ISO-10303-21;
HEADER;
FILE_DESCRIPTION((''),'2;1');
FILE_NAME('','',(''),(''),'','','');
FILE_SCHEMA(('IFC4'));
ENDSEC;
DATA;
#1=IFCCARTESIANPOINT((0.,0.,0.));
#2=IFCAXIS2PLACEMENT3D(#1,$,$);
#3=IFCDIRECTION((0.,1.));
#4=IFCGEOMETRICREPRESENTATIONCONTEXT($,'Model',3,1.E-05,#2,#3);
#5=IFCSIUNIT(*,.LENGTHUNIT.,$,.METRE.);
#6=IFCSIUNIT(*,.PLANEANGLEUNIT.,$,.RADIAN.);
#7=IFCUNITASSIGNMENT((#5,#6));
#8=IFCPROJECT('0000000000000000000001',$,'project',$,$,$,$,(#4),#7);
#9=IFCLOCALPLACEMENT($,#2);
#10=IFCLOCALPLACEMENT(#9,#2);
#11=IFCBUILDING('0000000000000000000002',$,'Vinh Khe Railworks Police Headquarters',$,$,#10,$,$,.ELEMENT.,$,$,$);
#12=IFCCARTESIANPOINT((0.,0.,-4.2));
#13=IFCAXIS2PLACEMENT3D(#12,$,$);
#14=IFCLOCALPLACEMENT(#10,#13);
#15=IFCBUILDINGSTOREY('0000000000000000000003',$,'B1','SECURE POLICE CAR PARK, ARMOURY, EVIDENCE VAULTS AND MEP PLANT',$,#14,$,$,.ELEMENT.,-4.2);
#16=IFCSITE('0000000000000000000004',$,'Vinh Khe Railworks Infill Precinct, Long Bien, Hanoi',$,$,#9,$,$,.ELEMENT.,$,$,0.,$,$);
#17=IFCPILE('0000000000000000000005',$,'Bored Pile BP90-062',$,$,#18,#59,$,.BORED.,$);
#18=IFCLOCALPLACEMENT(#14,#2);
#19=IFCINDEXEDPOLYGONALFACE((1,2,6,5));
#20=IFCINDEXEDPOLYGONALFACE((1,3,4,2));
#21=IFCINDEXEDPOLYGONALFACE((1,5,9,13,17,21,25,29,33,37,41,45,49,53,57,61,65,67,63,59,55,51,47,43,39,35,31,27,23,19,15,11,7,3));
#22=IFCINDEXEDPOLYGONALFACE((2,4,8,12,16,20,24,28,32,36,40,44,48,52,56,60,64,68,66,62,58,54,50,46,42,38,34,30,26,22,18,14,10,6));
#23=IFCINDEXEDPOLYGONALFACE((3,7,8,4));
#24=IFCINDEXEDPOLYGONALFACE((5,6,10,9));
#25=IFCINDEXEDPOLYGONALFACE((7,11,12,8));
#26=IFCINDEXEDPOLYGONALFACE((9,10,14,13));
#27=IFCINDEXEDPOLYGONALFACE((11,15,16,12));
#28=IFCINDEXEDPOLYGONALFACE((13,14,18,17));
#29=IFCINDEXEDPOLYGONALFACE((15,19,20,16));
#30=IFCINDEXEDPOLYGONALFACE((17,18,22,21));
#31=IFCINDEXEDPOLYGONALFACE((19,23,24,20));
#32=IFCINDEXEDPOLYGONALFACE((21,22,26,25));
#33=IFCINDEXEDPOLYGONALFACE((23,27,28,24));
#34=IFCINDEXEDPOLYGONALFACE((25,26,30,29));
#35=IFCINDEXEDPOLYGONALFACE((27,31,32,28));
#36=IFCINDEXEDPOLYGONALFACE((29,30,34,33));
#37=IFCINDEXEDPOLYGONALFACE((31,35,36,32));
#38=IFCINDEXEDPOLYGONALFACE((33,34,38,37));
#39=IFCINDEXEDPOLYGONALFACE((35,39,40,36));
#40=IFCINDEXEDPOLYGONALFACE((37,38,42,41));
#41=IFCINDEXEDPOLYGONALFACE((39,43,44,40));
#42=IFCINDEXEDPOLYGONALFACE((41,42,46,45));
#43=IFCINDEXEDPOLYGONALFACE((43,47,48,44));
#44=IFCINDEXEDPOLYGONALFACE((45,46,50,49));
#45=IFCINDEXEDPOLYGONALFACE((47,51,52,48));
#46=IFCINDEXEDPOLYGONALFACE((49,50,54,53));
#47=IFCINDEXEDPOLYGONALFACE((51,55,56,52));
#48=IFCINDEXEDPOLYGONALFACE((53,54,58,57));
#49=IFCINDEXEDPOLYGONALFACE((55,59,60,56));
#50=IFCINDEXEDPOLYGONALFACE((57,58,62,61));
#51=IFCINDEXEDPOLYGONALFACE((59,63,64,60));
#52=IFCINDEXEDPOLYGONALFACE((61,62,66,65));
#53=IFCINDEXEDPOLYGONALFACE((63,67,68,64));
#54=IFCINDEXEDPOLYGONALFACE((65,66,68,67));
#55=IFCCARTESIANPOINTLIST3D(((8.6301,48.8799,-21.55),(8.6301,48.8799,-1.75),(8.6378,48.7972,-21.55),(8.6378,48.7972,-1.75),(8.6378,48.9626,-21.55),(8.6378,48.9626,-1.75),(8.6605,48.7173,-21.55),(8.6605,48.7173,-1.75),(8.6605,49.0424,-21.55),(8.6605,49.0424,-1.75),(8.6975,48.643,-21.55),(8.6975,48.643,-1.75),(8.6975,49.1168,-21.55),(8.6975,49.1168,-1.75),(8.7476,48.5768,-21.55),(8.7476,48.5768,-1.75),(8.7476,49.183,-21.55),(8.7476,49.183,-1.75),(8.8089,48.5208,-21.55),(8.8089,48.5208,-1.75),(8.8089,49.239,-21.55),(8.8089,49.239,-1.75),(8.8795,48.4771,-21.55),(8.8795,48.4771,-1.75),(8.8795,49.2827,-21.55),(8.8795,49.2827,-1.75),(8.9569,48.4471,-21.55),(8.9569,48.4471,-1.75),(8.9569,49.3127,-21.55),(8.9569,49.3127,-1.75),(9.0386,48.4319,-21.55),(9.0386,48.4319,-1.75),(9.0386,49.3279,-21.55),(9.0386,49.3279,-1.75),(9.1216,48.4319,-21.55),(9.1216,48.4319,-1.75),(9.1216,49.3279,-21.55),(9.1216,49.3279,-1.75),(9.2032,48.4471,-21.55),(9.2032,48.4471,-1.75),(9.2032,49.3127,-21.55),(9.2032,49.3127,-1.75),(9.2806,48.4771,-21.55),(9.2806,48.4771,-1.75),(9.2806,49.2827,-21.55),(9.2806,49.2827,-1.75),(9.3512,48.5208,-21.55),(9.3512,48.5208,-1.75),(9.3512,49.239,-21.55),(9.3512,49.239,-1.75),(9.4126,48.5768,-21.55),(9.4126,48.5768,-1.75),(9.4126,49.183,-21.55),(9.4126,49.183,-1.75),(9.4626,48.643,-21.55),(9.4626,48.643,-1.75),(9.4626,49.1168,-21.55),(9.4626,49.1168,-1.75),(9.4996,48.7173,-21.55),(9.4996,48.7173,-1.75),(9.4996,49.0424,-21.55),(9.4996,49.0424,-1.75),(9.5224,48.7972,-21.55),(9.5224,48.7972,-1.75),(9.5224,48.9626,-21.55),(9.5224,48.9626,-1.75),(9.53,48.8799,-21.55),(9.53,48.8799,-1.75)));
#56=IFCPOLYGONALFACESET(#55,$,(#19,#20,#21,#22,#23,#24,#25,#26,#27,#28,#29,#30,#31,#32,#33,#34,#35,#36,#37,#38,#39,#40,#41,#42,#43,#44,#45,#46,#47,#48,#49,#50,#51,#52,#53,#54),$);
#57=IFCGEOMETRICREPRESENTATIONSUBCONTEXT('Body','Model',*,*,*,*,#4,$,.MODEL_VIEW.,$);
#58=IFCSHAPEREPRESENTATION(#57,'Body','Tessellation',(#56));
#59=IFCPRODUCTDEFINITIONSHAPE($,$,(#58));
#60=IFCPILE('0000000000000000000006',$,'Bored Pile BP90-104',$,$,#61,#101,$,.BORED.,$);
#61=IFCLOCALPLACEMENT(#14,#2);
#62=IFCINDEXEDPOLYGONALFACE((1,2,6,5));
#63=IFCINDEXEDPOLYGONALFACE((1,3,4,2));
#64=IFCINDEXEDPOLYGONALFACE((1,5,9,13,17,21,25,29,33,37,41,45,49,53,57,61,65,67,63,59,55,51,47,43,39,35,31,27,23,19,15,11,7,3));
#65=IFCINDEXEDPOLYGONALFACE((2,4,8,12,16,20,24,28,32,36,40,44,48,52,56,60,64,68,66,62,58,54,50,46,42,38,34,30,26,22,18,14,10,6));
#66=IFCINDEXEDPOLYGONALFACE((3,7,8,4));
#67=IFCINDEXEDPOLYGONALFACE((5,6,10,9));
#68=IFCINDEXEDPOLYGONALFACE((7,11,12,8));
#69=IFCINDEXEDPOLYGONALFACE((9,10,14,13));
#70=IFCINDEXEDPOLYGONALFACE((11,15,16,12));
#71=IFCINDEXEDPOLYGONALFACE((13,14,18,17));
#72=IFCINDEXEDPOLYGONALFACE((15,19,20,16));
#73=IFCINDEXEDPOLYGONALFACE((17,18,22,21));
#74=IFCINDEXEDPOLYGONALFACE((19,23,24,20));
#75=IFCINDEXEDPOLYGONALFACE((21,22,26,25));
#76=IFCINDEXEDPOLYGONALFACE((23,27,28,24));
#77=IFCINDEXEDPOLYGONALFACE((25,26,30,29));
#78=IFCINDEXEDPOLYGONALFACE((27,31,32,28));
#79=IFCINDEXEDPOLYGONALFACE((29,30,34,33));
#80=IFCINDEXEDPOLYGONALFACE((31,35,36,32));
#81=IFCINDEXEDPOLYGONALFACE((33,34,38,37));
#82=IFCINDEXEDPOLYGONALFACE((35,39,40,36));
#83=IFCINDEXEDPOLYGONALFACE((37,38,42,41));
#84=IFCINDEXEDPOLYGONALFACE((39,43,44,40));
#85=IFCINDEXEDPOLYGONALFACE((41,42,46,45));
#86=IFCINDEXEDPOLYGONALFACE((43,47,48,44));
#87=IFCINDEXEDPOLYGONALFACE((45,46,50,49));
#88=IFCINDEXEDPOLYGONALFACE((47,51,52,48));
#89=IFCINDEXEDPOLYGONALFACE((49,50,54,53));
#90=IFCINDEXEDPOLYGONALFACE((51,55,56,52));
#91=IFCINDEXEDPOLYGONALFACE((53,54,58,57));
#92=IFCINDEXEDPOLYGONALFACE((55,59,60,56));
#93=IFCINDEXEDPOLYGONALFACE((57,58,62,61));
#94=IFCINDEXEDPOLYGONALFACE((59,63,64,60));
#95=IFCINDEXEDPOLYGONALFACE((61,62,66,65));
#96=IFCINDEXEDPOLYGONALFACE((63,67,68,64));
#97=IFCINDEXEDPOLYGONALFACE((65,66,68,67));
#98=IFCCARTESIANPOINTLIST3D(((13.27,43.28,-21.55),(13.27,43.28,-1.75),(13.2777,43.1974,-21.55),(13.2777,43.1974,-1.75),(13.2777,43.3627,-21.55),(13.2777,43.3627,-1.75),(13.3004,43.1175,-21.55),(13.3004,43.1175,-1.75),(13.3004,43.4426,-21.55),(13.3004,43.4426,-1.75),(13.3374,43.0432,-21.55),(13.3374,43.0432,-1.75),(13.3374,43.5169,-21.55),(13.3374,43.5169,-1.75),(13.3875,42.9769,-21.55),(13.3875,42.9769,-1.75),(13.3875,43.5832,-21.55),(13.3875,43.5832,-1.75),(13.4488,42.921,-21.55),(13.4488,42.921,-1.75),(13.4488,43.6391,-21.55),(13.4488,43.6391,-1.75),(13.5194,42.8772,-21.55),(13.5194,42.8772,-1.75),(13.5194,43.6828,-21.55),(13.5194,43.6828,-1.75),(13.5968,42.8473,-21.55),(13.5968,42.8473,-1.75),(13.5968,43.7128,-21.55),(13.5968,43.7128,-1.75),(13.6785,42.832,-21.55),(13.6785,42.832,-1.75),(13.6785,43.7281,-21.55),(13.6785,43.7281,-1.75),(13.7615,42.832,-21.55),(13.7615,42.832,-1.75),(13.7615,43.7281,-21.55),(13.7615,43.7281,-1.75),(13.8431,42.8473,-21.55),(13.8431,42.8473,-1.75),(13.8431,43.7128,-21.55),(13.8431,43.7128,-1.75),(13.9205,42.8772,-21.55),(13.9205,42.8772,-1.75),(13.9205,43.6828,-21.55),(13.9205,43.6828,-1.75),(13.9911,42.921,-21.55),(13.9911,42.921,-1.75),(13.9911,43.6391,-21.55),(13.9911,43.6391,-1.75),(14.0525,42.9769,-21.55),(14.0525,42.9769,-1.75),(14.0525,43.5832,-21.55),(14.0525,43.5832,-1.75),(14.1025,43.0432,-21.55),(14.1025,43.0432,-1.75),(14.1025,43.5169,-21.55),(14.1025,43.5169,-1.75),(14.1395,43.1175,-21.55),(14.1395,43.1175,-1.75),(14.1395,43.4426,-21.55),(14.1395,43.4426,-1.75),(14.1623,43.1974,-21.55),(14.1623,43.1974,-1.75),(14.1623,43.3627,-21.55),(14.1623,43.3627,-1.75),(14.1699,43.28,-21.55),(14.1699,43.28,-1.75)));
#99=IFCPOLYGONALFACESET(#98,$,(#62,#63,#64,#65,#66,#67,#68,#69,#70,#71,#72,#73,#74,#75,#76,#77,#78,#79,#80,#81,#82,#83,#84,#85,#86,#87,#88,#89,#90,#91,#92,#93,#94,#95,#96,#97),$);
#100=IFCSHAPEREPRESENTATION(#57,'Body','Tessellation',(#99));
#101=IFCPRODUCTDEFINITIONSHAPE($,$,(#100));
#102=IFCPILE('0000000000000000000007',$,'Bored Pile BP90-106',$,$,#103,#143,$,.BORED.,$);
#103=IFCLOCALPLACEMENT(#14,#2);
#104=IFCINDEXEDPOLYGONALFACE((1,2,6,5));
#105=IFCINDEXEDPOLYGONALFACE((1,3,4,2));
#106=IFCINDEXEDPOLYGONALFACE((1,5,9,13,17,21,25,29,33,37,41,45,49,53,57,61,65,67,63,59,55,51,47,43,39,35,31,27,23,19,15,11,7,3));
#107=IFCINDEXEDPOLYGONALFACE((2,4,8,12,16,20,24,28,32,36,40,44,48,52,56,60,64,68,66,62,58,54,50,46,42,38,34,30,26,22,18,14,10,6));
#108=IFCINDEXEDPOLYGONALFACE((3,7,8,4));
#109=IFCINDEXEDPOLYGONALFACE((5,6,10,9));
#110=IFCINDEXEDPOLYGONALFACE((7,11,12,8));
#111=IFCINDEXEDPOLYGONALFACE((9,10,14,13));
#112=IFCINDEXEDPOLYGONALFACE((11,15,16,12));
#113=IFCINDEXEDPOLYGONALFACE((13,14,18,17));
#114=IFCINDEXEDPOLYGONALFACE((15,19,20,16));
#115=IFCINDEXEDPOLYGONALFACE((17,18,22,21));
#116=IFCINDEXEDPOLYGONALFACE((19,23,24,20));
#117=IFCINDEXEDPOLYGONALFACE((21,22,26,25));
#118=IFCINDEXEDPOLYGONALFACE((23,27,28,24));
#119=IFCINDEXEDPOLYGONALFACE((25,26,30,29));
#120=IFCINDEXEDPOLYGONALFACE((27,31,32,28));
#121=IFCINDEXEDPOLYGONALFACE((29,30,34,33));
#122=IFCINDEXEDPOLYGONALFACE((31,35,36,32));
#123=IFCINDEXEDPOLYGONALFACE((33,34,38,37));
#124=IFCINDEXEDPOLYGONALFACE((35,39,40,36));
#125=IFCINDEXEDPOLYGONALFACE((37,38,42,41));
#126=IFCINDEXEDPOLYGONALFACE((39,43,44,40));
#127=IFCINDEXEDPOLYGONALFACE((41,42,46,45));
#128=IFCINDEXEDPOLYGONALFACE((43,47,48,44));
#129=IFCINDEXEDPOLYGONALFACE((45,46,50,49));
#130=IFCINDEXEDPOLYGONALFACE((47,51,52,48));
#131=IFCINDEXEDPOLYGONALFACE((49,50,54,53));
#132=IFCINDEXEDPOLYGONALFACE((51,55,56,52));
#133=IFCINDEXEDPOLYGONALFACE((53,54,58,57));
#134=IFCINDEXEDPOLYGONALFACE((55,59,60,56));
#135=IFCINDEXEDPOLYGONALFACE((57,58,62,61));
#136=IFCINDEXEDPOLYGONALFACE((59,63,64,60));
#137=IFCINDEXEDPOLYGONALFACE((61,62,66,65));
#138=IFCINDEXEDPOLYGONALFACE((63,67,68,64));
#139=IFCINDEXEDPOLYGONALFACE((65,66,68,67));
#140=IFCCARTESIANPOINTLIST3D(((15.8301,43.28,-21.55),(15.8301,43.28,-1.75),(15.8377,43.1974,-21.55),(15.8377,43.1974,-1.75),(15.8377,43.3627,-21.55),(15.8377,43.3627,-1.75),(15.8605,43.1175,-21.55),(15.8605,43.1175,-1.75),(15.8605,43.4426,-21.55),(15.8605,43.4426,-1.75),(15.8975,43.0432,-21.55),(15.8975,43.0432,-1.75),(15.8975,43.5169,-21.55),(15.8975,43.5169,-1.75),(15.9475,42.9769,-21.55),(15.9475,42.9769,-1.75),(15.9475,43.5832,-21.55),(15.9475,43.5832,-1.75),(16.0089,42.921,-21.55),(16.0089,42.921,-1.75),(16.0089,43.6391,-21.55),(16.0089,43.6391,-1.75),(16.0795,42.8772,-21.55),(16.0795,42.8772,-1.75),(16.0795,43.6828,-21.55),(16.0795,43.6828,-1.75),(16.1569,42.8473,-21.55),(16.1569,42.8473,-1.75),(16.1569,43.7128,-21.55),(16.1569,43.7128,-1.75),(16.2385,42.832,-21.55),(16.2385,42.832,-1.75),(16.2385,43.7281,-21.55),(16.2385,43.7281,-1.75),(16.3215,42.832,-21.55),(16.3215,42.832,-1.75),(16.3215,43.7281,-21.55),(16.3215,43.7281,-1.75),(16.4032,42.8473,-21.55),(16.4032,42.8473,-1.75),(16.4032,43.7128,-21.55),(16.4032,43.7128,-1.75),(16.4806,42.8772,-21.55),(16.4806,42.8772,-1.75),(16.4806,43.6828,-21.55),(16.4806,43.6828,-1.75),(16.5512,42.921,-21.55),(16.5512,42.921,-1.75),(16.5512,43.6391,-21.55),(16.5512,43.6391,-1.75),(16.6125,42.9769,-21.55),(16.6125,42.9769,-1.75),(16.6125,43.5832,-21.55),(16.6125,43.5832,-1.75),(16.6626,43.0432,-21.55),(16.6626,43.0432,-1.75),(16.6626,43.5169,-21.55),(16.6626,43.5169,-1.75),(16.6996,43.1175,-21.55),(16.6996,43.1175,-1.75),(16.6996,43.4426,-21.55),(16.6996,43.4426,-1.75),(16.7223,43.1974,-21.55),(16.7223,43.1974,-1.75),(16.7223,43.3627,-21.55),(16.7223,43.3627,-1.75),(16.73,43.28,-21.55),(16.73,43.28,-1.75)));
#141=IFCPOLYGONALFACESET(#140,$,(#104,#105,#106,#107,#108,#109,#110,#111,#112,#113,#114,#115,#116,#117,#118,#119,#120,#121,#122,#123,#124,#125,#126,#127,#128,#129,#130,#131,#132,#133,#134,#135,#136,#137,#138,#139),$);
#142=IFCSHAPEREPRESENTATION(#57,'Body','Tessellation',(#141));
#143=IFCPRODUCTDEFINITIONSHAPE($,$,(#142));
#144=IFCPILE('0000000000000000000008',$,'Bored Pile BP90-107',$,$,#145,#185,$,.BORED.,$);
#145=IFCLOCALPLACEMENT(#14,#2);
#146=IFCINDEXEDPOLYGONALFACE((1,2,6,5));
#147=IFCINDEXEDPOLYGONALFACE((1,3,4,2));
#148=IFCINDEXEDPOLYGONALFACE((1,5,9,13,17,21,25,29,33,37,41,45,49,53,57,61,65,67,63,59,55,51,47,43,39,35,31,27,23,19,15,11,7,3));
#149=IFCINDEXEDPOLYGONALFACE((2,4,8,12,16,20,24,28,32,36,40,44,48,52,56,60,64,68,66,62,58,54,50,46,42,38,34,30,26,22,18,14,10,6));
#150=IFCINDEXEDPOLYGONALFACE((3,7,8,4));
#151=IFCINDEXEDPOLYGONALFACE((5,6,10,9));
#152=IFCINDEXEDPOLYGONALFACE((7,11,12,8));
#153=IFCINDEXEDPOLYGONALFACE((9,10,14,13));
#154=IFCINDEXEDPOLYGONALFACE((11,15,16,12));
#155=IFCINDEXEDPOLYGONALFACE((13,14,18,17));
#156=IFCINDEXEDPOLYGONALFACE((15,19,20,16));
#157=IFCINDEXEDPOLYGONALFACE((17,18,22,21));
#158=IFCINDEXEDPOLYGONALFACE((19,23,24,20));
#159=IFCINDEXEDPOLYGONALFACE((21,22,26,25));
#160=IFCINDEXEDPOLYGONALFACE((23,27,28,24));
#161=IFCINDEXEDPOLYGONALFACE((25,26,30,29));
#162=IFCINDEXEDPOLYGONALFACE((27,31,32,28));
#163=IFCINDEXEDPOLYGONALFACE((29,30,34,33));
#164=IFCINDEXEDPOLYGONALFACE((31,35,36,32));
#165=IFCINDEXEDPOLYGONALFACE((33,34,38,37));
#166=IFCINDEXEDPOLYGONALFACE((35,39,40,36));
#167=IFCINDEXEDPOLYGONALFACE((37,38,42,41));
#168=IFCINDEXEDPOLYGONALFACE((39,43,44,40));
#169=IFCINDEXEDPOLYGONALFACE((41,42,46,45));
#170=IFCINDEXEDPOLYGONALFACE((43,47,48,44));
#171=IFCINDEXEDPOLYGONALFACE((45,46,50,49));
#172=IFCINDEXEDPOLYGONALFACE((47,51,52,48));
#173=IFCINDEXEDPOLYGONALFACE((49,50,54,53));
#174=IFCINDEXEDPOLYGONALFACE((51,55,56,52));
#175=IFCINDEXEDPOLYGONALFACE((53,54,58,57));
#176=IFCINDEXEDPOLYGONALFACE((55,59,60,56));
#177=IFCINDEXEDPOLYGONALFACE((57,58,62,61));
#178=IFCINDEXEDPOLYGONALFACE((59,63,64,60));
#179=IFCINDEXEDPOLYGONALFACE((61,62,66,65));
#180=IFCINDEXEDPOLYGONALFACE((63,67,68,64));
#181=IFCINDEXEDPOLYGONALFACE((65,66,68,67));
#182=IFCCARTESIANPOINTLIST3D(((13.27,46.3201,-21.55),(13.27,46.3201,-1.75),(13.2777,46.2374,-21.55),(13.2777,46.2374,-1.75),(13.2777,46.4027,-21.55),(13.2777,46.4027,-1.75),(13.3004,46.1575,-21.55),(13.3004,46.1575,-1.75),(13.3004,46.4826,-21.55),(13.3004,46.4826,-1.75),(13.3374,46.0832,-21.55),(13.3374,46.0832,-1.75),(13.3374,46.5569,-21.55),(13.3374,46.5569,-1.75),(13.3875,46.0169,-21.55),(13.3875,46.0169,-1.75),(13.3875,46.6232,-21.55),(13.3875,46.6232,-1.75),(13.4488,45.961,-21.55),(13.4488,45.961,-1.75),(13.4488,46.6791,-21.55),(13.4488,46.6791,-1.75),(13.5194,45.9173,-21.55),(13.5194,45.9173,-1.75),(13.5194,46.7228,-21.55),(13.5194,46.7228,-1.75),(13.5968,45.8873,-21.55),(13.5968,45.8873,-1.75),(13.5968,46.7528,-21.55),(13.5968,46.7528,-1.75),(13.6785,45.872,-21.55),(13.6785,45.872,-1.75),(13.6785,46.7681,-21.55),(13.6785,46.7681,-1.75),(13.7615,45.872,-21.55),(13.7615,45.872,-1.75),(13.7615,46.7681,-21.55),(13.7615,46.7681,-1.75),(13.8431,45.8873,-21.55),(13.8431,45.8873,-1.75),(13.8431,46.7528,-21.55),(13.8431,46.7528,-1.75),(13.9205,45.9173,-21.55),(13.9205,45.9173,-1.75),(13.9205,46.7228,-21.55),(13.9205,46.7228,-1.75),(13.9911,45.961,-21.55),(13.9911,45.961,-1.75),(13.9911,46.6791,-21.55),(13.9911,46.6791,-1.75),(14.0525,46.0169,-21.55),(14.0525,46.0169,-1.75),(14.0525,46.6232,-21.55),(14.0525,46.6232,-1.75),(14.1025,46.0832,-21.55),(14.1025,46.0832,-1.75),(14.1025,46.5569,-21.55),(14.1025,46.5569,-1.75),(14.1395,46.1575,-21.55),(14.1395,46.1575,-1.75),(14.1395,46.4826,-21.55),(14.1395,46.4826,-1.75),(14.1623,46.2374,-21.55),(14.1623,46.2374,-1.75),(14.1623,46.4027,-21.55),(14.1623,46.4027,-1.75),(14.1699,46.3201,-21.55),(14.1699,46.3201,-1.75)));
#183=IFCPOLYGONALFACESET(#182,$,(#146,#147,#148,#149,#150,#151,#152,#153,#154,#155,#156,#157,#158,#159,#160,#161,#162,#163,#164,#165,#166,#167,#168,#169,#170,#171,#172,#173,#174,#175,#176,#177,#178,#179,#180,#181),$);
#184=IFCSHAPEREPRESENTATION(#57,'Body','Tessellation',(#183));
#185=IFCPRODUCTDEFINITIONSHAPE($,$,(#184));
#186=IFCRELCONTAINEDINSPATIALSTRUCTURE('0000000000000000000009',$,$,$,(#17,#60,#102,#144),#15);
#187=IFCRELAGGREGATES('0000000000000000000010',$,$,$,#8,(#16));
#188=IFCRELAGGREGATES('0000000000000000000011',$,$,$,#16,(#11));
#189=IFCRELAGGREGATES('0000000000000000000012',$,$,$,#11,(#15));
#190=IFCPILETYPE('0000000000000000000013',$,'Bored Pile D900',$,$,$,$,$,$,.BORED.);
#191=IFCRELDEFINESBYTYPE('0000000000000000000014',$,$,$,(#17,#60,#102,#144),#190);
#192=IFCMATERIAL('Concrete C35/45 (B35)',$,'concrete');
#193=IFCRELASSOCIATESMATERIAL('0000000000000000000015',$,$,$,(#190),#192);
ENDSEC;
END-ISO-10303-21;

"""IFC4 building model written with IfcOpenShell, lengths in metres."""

from ifc_helpers import new_model, si_unit, direction, frame, origin, origin_2d, place, context, subcontext, project, spatial, circle, extrude, material, material_profile, profile_set, type_object, element, save


model = new_model("IFC4")

# Units and contexts
model_context = context("Model", 3, precision=1e-05, world=origin(), true_north=direction((0.0, 1.0)))
body_context = subcontext(model_context, "Body", "Model", "MODEL_VIEW")
ifc_project = project(units=[si_unit("LENGTHUNIT", "METRE"), si_unit("PLANEANGLEUNIT", "RADIAN")], contexts=[model_context])

# Site, building, storey
site_placement = place(None, origin())
site = spatial("IfcSite", under=ifc_project, at=site_placement, Name="Vinh Khe Railworks Infill Precinct, Long Bien, Hanoi", CompositionType="ELEMENT", RefElevation=0.0)
building_placement = place(site_placement, origin())
building = spatial("IfcBuilding", under=site, at=building_placement, Name="Vinh Khe Railworks Police Headquarters", CompositionType="ELEMENT")
storey_placement = place(building_placement, frame((0.0, 0.0, -4.2)))
storey = spatial("IfcBuildingStorey", under=building, at=storey_placement, Name="B1", Description="SECURE POLICE CAR PARK, ARMOURY, EVIDENCE VAULTS AND MEP PLANT", CompositionType="ELEMENT", Elevation=-4.2)

# Piles
ifc_material_1 = material(Name="Concrete C35/45 (B35)", Category="concrete")
ifc_material_profile_1 = material_profile(ifc_material_1, circle(Radius=0.45, at=origin_2d()), Name="BORED PILE D900")
ifc_profile_set_1 = profile_set([ifc_material_profile_1], Name="Concrete C35/45 (B35)")
pile_type_1 = type_object("IfcPileType", Name="Bored Pile D900", PredefinedType="BORED", material=ifc_profile_set_1)
for number, where, z_axis, x_axis, name in (
    (1, (9.0801, 48.8799, -1.75), (0.0, 0.0, -1.0), (1.0, 0.0, 0.0), "Bored Pile BP90-062"),
    (2, (13.72, 43.28, -1.75), (0.0, 0.0, -1.0), (1.0, 0.0, 0.0), "Bored Pile BP90-104"),
    (3, (16.28, 43.28, -1.75), (0.0, 0.0, -1.0), (1.0, 0.0, 0.0), "Bored Pile BP90-106"),
    (4, (13.72, 46.3201, -1.75), (0.0, 0.0, -1.0), (1.0, 0.0, 0.0), "Bored Pile BP90-107"),
):
    element("IfcPile", number, at=place(storey_placement, frame(where, z_axis=z_axis, x_axis=x_axis)), inside=storey, type_object=pile_type_1, Name=name, PredefinedType="BORED", context=body_context, shape_type="SweptSolid", body=[
        extrude(circle(Radius=0.45, at=origin_2d()), origin(), (0.0, 0.0, 1.0), 19.8),
    ])

save(model, "model.ifc")
